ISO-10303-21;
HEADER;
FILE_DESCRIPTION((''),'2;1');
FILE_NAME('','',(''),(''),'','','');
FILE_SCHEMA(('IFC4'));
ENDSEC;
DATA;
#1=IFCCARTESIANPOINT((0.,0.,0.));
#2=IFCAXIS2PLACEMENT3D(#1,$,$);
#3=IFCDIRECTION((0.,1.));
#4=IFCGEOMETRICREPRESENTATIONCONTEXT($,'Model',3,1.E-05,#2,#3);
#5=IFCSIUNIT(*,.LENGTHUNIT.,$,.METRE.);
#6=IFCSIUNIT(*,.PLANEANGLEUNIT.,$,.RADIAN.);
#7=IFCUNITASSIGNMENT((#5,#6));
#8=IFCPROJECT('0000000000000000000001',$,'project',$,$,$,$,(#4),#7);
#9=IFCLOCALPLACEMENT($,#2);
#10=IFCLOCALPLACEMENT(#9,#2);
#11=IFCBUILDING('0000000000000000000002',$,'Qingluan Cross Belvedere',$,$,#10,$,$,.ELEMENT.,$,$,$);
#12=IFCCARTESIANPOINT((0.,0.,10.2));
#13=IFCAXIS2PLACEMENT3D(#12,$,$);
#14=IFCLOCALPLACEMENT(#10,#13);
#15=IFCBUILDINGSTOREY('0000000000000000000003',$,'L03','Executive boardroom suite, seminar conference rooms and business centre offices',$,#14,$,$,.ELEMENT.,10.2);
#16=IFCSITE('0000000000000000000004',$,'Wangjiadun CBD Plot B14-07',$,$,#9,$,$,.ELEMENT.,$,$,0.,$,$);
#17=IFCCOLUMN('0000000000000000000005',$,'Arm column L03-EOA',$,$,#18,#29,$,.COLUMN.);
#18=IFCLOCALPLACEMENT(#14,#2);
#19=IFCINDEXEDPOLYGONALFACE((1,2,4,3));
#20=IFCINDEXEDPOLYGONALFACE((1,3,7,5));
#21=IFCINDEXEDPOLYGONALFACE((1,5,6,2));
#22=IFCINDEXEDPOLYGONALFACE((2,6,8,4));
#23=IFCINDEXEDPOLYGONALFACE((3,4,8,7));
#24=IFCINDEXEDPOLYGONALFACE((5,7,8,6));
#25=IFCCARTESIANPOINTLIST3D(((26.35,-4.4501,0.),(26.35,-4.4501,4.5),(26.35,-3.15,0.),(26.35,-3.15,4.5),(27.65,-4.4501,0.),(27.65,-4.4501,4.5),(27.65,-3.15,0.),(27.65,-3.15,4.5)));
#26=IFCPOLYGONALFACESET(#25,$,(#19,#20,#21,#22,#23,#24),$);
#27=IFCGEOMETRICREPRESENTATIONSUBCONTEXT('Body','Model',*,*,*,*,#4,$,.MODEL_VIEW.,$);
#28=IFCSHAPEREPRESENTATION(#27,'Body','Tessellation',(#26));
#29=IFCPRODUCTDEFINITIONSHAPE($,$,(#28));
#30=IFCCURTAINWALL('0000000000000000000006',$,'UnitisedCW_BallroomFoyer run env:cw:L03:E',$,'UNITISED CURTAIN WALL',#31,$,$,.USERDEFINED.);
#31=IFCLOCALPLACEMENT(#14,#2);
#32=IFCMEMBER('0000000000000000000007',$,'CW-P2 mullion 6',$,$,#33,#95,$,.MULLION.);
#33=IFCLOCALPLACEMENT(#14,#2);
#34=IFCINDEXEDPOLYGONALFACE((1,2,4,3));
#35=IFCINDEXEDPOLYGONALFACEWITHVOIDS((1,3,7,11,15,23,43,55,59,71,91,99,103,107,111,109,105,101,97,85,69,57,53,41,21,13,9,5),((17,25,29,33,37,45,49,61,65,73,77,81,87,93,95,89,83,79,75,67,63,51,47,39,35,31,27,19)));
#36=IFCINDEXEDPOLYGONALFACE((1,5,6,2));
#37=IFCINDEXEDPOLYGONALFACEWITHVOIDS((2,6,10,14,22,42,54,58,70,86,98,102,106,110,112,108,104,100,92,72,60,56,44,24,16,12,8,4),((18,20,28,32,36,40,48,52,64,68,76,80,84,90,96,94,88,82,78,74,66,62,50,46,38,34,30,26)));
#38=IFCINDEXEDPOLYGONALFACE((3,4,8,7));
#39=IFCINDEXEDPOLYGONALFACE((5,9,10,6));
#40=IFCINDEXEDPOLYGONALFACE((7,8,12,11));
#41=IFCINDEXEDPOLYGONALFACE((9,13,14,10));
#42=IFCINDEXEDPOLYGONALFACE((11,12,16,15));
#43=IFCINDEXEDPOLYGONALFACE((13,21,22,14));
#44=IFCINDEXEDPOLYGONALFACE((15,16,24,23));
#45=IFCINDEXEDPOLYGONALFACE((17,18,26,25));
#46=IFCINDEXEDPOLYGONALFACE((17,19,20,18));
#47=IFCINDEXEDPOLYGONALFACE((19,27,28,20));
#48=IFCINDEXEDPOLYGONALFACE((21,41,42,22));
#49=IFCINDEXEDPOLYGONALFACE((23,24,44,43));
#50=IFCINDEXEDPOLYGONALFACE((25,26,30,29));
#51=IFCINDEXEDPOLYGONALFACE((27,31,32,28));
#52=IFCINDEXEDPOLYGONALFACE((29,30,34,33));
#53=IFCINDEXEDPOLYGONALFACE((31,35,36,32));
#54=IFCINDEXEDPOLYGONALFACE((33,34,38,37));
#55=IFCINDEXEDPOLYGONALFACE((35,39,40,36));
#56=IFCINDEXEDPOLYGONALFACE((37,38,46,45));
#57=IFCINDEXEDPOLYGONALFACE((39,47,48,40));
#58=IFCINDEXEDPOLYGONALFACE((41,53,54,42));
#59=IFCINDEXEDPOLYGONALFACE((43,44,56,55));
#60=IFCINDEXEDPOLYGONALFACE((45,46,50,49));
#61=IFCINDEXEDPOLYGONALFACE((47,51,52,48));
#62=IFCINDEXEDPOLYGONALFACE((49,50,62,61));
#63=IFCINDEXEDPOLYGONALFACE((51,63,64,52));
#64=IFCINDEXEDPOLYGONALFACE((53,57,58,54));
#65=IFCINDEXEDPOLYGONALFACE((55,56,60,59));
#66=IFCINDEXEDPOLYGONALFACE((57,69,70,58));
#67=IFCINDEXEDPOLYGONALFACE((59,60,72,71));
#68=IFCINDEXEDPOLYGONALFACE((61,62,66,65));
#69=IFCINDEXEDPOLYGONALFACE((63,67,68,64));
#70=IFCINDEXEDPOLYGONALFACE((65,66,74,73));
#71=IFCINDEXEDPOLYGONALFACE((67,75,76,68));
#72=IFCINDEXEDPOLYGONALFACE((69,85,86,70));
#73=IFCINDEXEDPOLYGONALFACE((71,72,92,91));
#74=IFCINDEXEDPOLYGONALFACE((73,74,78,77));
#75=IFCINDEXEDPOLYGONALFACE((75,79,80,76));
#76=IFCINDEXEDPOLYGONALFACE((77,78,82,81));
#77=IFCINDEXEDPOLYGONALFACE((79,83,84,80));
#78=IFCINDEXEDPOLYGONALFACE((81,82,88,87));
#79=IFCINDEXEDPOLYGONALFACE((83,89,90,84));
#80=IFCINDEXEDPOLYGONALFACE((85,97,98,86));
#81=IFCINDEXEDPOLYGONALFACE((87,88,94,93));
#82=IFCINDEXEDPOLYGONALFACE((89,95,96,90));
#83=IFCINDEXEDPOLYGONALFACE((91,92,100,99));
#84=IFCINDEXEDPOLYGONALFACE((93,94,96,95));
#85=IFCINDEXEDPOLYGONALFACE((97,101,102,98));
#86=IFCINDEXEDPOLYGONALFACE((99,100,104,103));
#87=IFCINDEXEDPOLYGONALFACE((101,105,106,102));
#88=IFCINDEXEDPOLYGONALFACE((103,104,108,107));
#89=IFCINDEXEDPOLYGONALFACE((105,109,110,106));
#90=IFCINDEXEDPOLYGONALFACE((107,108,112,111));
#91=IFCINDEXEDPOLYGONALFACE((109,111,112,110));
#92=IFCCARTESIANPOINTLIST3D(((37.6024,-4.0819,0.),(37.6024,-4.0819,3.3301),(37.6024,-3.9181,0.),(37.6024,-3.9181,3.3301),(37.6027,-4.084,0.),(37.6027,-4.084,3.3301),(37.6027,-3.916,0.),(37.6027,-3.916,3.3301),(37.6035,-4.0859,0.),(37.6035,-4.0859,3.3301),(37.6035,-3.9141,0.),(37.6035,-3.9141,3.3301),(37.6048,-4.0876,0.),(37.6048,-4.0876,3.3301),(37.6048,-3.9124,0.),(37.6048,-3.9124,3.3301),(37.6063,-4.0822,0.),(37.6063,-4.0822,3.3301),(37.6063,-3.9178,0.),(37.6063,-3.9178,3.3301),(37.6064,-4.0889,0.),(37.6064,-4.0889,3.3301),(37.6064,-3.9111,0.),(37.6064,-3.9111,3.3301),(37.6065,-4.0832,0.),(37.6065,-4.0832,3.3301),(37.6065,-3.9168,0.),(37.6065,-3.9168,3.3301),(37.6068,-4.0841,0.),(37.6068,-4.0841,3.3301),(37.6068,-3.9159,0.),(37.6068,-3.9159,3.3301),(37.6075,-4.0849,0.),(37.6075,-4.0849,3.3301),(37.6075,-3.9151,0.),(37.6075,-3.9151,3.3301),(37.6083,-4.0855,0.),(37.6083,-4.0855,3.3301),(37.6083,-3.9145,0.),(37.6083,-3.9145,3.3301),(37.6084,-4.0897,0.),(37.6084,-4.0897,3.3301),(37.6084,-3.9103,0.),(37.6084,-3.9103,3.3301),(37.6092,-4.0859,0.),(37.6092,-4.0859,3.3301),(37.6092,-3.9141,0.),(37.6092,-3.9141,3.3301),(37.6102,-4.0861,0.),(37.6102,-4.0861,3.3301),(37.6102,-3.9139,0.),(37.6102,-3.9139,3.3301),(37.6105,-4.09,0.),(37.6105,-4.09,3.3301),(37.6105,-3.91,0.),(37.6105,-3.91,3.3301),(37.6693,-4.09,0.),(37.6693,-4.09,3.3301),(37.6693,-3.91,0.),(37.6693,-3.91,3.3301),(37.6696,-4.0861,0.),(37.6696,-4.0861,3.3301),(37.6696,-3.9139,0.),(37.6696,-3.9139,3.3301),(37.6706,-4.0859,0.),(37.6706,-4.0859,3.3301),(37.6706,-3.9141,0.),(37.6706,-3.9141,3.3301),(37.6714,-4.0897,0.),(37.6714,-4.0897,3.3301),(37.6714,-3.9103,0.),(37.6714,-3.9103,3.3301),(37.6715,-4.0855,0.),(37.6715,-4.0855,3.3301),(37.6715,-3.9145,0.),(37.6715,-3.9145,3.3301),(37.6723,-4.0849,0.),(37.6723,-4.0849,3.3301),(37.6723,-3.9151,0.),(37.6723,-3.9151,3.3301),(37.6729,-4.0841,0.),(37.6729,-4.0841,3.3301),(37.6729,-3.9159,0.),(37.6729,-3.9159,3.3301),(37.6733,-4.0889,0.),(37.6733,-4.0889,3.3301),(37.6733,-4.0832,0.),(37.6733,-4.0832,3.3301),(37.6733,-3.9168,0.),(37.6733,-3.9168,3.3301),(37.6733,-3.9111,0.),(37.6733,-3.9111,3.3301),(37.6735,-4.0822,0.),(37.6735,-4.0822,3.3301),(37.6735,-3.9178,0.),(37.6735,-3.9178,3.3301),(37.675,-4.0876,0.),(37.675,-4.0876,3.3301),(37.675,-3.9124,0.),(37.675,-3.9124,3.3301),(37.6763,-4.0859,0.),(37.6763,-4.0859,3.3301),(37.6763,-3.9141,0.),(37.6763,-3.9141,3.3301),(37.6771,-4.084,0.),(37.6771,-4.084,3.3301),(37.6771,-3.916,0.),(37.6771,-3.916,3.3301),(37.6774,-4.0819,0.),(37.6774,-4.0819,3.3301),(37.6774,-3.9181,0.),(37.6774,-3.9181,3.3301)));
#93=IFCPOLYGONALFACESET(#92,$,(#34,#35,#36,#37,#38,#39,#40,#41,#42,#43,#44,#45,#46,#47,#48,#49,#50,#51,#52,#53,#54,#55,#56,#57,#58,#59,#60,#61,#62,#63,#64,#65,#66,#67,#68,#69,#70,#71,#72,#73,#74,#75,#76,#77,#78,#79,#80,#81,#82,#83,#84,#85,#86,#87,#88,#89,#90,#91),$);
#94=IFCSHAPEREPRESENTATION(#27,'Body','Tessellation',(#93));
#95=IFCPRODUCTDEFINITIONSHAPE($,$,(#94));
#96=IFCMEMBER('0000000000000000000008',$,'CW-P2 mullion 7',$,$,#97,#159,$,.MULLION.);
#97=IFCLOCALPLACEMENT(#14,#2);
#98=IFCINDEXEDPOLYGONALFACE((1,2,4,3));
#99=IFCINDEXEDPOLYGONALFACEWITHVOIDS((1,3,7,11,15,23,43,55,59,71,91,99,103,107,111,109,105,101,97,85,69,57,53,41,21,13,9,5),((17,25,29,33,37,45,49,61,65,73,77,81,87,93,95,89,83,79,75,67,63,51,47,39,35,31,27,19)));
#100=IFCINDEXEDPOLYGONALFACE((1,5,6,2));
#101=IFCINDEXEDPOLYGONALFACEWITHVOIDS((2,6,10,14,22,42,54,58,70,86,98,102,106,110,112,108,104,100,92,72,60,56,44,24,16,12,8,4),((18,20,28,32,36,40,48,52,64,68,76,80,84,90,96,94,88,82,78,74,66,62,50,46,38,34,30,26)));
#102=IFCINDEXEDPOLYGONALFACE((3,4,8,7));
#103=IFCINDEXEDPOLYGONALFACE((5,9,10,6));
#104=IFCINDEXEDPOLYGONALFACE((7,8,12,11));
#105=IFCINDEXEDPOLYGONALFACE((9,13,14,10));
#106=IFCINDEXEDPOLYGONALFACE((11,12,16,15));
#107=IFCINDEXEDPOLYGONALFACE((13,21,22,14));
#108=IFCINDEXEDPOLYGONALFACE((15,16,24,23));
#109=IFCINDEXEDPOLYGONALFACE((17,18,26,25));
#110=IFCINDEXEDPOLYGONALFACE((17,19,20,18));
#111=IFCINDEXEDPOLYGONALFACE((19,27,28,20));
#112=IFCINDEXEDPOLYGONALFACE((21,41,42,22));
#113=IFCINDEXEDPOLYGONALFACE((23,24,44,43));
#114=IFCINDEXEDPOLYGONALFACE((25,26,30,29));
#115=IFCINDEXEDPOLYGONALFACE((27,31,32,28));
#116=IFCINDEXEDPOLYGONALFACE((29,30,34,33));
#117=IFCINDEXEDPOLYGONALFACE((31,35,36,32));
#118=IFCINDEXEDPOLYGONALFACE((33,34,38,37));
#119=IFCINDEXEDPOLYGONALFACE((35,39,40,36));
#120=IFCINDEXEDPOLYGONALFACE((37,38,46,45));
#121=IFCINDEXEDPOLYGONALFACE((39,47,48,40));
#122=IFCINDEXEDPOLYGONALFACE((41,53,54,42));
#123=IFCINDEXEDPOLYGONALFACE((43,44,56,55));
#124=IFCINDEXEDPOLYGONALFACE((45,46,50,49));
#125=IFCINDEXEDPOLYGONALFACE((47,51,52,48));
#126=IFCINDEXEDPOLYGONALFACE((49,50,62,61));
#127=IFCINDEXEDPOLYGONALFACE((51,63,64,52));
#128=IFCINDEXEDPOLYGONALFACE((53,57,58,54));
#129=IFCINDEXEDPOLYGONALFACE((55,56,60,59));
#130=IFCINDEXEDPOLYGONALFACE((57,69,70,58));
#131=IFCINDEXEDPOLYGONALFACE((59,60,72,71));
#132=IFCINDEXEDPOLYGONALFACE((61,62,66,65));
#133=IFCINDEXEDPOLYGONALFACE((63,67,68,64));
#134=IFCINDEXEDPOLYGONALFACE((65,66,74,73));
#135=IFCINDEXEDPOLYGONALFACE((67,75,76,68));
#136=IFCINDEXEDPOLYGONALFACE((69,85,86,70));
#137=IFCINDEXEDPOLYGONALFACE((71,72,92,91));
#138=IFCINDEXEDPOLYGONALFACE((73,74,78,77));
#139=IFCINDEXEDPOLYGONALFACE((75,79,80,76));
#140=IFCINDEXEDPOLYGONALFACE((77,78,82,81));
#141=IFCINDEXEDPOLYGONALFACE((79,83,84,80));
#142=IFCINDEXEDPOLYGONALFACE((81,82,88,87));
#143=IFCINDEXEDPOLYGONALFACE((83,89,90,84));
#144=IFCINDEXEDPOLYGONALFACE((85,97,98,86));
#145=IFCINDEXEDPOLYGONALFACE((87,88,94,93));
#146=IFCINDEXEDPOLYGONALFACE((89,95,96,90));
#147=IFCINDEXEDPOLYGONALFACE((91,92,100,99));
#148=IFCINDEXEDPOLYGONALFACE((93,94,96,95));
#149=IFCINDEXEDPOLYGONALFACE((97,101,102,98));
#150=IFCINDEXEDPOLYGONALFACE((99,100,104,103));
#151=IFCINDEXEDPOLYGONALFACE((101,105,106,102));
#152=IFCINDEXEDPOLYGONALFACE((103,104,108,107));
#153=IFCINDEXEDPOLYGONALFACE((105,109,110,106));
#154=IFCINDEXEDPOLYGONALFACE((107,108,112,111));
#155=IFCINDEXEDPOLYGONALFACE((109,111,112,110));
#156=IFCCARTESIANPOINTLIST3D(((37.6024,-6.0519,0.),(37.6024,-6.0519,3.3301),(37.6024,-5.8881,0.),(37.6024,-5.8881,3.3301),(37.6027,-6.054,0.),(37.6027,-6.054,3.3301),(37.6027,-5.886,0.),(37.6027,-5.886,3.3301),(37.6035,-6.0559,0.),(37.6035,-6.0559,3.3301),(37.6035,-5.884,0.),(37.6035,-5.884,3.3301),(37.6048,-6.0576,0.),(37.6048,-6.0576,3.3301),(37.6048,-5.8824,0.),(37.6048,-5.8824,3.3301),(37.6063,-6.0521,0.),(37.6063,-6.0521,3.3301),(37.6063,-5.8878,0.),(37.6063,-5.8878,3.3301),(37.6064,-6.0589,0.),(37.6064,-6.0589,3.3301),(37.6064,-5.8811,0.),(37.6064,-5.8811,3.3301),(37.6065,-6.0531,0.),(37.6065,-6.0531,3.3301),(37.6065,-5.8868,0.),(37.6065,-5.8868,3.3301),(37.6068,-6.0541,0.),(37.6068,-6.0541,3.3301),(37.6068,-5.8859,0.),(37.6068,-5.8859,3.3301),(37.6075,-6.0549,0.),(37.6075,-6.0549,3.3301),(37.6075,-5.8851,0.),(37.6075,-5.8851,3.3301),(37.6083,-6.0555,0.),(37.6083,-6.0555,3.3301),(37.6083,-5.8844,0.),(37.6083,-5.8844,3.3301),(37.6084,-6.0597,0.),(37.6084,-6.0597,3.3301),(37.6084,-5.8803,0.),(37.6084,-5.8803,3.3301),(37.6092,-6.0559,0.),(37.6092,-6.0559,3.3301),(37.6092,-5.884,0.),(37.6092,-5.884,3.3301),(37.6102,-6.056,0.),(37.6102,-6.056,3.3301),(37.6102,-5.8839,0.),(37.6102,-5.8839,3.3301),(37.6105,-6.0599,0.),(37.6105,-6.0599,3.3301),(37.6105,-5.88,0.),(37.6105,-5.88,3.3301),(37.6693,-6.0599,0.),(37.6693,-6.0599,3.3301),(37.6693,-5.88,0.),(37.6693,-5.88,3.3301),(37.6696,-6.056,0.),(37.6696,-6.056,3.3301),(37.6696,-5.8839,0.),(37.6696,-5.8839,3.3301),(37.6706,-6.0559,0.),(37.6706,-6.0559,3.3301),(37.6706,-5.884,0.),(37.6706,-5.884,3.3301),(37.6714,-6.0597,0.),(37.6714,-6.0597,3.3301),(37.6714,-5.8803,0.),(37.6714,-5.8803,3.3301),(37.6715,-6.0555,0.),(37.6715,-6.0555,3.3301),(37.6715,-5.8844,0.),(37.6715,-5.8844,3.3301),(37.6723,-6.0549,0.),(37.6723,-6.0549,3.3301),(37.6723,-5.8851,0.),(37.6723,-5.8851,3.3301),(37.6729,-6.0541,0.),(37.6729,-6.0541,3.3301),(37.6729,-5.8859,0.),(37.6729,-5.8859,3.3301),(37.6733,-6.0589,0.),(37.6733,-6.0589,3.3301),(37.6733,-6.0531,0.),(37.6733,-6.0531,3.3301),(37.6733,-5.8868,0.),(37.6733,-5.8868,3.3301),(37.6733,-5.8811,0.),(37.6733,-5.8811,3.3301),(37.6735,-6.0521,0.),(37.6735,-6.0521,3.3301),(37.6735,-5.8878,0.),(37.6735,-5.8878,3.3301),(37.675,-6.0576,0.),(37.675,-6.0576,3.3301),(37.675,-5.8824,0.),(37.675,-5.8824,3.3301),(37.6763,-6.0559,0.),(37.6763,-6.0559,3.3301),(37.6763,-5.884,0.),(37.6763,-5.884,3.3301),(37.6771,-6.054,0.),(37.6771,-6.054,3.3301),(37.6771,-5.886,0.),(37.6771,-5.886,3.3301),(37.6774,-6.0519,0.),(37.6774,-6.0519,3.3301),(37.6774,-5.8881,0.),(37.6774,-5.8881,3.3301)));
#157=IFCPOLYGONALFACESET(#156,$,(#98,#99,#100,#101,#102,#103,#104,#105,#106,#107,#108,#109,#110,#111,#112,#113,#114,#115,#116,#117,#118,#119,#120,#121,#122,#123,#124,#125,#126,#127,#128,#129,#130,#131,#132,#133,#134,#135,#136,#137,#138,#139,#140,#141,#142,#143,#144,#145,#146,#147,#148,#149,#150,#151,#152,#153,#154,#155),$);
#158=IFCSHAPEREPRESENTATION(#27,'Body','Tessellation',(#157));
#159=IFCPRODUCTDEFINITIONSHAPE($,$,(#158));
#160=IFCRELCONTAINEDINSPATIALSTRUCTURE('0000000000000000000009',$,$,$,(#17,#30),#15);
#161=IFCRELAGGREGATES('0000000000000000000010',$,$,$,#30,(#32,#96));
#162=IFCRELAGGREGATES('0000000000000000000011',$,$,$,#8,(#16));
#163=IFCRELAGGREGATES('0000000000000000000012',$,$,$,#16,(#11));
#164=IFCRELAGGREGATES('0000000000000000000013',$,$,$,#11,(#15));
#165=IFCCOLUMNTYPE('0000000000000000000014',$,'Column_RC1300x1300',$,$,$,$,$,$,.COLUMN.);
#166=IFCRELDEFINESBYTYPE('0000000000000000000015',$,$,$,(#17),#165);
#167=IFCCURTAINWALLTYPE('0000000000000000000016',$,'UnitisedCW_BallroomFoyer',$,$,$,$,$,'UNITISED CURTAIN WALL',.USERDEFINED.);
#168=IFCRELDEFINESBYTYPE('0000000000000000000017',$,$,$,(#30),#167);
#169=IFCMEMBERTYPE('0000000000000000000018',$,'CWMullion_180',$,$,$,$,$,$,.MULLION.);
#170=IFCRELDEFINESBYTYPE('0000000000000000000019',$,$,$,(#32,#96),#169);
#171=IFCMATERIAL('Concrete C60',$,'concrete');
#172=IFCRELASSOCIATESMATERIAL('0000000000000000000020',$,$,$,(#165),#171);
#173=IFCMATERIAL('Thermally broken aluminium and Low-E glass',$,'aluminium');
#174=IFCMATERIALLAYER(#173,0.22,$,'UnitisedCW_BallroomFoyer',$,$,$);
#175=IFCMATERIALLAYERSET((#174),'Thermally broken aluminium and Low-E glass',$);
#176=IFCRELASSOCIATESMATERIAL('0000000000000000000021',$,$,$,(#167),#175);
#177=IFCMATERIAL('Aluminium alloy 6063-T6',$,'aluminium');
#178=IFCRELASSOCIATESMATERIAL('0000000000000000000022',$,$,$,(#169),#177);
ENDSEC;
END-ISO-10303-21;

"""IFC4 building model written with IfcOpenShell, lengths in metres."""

from ifc_helpers import new_model, si_unit, direction, frame, origin, origin_2d, place, context, subcontext, project, spatial, rectangle, hollow_rectangle, extrude, material, layer, layer_set, material_profile, profile_set, type_object, element, aggregate, save


model = new_model("IFC4")

# Units and contexts
model_context = context("Model", 3, precision=1e-05, world=origin(), true_north=direction((0.0, 1.0)))
body_context = subcontext(model_context, "Body", "Model", "MODEL_VIEW")
ifc_project = project(units=[si_unit("LENGTHUNIT", "METRE"), si_unit("PLANEANGLEUNIT", "RADIAN")], contexts=[model_context])

# Site, building, storey
site_placement = place(None, origin())
site = spatial("IfcSite", under=ifc_project, at=site_placement, Name="Wangjiadun CBD Plot B14-07", CompositionType="ELEMENT", RefElevation=0.0)
building_placement = place(site_placement, origin())
building = spatial("IfcBuilding", under=site, at=building_placement, Name="Qingluan Cross Belvedere", CompositionType="ELEMENT")
storey_placement = place(building_placement, frame((0.0, 0.0, 10.2)))
storey = spatial("IfcBuildingStorey", under=building, at=storey_placement, Name="L03", Description="Executive boardroom suite, seminar conference rooms and business centre offices", CompositionType="ELEMENT", Elevation=10.2)

# Column
ifc_material_1 = material(Name="Concrete C60", Category="concrete")
ifc_material_profile_1 = material_profile(ifc_material_1, rectangle(XDim=1.3, YDim=1.3, at=origin_2d()), Name="RC1300x1300")
ifc_profile_set_1 = profile_set([ifc_material_profile_1], Name="Concrete C60")
column_type = type_object("IfcColumnType", Name="Column_RC1300x1300", PredefinedType="COLUMN", material=ifc_profile_set_1)
column_placement = place(storey_placement, frame((27.0, -3.8, 0.0), z_axis=(0.0, 0.0, 1.0), x_axis=(1.0, 0.0, 0.0)))
element("IfcColumn", 1, at=column_placement, inside=storey, type_object=column_type, Name="Arm column L03-EOA", PredefinedType="COLUMN", context=body_context, shape_type="SweptSolid", body=[
    extrude(rectangle(XDim=1.3, YDim=1.3, at=origin_2d()), origin(), (0.0, 0.0, 1.0), 4.5),
])

# Curtain wall, members
ifc_material_2 = material(Name="Thermally broken aluminium and Low-E glass", Category="aluminium")
ifc_layer_1 = layer(ifc_material_2, 0.22, Name="UnitisedCW_BallroomFoyer")
ifc_layer_set_1 = layer_set([ifc_layer_1], Name="Thermally broken aluminium and Low-E glass")
curtain_wall_type = type_object("IfcCurtainWallType", Name="UnitisedCW_BallroomFoyer", ElementType="UNITISED CURTAIN WALL", PredefinedType="USERDEFINED", material=ifc_layer_set_1)
curtain_wall_placement = place(storey_placement, origin())
curtain_wall = element("IfcCurtainWall", 2, at=curtain_wall_placement, inside=storey, type_object=curtain_wall_type, Name="UnitisedCW_BallroomFoyer run env:cw:L03:E", ObjectType="UNITISED CURTAIN WALL", PredefinedType="USERDEFINED")
ifc_material_3 = material(Name="Aluminium alloy 6063-T6", Category="aluminium")
ifc_material_profile_2 = material_profile(ifc_material_3, hollow_rectangle(XDim=0.075, YDim=0.1799, WallThickness=0.0039, InnerFilletRadius=0.0039, OuterFilletRadius=0.0081, at=origin_2d()), Name="CWM180x75x4")
ifc_profile_set_2 = profile_set([ifc_material_profile_2], Name="Aluminium alloy 6063-T6")
member_type_1 = type_object("IfcMemberType", Name="CWMullion_180", PredefinedType="MULLION", material=ifc_profile_set_2)
member_1_placement = place(storey_placement, frame((37.6399, -4.0, 0.0), z_axis=(0.0, 0.0, 1.0), x_axis=(1.0, 0.0, 0.0)))
member_1 = element("IfcMember", 3, at=member_1_placement, type_object=member_type_1, Name="CW-P2 mullion 6", PredefinedType="MULLION", context=body_context, shape_type="SweptSolid", body=[
    extrude(hollow_rectangle(XDim=0.075, YDim=0.1799, WallThickness=0.0039, InnerFilletRadius=0.0039, OuterFilletRadius=0.0081, at=origin_2d()), origin(), (0.0, 0.0, 1.0), 3.3301),
])
member_2_placement = place(storey_placement, frame((37.6399, -5.97, 0.0), z_axis=(0.0, 0.0, 1.0), x_axis=(1.0, 0.0, 0.0)))
member_2 = element("IfcMember", 4, at=member_2_placement, type_object=member_type_1, Name="CW-P2 mullion 7", PredefinedType="MULLION", context=body_context, shape_type="SweptSolid", body=[
    extrude(hollow_rectangle(XDim=0.075, YDim=0.1799, WallThickness=0.0039, InnerFilletRadius=0.0039, OuterFilletRadius=0.0081, at=origin_2d()), origin(), (0.0, 0.0, 1.0), 3.3301),
])

aggregate(curtain_wall, [member_1, member_2])

save(model, "model.ifc")
